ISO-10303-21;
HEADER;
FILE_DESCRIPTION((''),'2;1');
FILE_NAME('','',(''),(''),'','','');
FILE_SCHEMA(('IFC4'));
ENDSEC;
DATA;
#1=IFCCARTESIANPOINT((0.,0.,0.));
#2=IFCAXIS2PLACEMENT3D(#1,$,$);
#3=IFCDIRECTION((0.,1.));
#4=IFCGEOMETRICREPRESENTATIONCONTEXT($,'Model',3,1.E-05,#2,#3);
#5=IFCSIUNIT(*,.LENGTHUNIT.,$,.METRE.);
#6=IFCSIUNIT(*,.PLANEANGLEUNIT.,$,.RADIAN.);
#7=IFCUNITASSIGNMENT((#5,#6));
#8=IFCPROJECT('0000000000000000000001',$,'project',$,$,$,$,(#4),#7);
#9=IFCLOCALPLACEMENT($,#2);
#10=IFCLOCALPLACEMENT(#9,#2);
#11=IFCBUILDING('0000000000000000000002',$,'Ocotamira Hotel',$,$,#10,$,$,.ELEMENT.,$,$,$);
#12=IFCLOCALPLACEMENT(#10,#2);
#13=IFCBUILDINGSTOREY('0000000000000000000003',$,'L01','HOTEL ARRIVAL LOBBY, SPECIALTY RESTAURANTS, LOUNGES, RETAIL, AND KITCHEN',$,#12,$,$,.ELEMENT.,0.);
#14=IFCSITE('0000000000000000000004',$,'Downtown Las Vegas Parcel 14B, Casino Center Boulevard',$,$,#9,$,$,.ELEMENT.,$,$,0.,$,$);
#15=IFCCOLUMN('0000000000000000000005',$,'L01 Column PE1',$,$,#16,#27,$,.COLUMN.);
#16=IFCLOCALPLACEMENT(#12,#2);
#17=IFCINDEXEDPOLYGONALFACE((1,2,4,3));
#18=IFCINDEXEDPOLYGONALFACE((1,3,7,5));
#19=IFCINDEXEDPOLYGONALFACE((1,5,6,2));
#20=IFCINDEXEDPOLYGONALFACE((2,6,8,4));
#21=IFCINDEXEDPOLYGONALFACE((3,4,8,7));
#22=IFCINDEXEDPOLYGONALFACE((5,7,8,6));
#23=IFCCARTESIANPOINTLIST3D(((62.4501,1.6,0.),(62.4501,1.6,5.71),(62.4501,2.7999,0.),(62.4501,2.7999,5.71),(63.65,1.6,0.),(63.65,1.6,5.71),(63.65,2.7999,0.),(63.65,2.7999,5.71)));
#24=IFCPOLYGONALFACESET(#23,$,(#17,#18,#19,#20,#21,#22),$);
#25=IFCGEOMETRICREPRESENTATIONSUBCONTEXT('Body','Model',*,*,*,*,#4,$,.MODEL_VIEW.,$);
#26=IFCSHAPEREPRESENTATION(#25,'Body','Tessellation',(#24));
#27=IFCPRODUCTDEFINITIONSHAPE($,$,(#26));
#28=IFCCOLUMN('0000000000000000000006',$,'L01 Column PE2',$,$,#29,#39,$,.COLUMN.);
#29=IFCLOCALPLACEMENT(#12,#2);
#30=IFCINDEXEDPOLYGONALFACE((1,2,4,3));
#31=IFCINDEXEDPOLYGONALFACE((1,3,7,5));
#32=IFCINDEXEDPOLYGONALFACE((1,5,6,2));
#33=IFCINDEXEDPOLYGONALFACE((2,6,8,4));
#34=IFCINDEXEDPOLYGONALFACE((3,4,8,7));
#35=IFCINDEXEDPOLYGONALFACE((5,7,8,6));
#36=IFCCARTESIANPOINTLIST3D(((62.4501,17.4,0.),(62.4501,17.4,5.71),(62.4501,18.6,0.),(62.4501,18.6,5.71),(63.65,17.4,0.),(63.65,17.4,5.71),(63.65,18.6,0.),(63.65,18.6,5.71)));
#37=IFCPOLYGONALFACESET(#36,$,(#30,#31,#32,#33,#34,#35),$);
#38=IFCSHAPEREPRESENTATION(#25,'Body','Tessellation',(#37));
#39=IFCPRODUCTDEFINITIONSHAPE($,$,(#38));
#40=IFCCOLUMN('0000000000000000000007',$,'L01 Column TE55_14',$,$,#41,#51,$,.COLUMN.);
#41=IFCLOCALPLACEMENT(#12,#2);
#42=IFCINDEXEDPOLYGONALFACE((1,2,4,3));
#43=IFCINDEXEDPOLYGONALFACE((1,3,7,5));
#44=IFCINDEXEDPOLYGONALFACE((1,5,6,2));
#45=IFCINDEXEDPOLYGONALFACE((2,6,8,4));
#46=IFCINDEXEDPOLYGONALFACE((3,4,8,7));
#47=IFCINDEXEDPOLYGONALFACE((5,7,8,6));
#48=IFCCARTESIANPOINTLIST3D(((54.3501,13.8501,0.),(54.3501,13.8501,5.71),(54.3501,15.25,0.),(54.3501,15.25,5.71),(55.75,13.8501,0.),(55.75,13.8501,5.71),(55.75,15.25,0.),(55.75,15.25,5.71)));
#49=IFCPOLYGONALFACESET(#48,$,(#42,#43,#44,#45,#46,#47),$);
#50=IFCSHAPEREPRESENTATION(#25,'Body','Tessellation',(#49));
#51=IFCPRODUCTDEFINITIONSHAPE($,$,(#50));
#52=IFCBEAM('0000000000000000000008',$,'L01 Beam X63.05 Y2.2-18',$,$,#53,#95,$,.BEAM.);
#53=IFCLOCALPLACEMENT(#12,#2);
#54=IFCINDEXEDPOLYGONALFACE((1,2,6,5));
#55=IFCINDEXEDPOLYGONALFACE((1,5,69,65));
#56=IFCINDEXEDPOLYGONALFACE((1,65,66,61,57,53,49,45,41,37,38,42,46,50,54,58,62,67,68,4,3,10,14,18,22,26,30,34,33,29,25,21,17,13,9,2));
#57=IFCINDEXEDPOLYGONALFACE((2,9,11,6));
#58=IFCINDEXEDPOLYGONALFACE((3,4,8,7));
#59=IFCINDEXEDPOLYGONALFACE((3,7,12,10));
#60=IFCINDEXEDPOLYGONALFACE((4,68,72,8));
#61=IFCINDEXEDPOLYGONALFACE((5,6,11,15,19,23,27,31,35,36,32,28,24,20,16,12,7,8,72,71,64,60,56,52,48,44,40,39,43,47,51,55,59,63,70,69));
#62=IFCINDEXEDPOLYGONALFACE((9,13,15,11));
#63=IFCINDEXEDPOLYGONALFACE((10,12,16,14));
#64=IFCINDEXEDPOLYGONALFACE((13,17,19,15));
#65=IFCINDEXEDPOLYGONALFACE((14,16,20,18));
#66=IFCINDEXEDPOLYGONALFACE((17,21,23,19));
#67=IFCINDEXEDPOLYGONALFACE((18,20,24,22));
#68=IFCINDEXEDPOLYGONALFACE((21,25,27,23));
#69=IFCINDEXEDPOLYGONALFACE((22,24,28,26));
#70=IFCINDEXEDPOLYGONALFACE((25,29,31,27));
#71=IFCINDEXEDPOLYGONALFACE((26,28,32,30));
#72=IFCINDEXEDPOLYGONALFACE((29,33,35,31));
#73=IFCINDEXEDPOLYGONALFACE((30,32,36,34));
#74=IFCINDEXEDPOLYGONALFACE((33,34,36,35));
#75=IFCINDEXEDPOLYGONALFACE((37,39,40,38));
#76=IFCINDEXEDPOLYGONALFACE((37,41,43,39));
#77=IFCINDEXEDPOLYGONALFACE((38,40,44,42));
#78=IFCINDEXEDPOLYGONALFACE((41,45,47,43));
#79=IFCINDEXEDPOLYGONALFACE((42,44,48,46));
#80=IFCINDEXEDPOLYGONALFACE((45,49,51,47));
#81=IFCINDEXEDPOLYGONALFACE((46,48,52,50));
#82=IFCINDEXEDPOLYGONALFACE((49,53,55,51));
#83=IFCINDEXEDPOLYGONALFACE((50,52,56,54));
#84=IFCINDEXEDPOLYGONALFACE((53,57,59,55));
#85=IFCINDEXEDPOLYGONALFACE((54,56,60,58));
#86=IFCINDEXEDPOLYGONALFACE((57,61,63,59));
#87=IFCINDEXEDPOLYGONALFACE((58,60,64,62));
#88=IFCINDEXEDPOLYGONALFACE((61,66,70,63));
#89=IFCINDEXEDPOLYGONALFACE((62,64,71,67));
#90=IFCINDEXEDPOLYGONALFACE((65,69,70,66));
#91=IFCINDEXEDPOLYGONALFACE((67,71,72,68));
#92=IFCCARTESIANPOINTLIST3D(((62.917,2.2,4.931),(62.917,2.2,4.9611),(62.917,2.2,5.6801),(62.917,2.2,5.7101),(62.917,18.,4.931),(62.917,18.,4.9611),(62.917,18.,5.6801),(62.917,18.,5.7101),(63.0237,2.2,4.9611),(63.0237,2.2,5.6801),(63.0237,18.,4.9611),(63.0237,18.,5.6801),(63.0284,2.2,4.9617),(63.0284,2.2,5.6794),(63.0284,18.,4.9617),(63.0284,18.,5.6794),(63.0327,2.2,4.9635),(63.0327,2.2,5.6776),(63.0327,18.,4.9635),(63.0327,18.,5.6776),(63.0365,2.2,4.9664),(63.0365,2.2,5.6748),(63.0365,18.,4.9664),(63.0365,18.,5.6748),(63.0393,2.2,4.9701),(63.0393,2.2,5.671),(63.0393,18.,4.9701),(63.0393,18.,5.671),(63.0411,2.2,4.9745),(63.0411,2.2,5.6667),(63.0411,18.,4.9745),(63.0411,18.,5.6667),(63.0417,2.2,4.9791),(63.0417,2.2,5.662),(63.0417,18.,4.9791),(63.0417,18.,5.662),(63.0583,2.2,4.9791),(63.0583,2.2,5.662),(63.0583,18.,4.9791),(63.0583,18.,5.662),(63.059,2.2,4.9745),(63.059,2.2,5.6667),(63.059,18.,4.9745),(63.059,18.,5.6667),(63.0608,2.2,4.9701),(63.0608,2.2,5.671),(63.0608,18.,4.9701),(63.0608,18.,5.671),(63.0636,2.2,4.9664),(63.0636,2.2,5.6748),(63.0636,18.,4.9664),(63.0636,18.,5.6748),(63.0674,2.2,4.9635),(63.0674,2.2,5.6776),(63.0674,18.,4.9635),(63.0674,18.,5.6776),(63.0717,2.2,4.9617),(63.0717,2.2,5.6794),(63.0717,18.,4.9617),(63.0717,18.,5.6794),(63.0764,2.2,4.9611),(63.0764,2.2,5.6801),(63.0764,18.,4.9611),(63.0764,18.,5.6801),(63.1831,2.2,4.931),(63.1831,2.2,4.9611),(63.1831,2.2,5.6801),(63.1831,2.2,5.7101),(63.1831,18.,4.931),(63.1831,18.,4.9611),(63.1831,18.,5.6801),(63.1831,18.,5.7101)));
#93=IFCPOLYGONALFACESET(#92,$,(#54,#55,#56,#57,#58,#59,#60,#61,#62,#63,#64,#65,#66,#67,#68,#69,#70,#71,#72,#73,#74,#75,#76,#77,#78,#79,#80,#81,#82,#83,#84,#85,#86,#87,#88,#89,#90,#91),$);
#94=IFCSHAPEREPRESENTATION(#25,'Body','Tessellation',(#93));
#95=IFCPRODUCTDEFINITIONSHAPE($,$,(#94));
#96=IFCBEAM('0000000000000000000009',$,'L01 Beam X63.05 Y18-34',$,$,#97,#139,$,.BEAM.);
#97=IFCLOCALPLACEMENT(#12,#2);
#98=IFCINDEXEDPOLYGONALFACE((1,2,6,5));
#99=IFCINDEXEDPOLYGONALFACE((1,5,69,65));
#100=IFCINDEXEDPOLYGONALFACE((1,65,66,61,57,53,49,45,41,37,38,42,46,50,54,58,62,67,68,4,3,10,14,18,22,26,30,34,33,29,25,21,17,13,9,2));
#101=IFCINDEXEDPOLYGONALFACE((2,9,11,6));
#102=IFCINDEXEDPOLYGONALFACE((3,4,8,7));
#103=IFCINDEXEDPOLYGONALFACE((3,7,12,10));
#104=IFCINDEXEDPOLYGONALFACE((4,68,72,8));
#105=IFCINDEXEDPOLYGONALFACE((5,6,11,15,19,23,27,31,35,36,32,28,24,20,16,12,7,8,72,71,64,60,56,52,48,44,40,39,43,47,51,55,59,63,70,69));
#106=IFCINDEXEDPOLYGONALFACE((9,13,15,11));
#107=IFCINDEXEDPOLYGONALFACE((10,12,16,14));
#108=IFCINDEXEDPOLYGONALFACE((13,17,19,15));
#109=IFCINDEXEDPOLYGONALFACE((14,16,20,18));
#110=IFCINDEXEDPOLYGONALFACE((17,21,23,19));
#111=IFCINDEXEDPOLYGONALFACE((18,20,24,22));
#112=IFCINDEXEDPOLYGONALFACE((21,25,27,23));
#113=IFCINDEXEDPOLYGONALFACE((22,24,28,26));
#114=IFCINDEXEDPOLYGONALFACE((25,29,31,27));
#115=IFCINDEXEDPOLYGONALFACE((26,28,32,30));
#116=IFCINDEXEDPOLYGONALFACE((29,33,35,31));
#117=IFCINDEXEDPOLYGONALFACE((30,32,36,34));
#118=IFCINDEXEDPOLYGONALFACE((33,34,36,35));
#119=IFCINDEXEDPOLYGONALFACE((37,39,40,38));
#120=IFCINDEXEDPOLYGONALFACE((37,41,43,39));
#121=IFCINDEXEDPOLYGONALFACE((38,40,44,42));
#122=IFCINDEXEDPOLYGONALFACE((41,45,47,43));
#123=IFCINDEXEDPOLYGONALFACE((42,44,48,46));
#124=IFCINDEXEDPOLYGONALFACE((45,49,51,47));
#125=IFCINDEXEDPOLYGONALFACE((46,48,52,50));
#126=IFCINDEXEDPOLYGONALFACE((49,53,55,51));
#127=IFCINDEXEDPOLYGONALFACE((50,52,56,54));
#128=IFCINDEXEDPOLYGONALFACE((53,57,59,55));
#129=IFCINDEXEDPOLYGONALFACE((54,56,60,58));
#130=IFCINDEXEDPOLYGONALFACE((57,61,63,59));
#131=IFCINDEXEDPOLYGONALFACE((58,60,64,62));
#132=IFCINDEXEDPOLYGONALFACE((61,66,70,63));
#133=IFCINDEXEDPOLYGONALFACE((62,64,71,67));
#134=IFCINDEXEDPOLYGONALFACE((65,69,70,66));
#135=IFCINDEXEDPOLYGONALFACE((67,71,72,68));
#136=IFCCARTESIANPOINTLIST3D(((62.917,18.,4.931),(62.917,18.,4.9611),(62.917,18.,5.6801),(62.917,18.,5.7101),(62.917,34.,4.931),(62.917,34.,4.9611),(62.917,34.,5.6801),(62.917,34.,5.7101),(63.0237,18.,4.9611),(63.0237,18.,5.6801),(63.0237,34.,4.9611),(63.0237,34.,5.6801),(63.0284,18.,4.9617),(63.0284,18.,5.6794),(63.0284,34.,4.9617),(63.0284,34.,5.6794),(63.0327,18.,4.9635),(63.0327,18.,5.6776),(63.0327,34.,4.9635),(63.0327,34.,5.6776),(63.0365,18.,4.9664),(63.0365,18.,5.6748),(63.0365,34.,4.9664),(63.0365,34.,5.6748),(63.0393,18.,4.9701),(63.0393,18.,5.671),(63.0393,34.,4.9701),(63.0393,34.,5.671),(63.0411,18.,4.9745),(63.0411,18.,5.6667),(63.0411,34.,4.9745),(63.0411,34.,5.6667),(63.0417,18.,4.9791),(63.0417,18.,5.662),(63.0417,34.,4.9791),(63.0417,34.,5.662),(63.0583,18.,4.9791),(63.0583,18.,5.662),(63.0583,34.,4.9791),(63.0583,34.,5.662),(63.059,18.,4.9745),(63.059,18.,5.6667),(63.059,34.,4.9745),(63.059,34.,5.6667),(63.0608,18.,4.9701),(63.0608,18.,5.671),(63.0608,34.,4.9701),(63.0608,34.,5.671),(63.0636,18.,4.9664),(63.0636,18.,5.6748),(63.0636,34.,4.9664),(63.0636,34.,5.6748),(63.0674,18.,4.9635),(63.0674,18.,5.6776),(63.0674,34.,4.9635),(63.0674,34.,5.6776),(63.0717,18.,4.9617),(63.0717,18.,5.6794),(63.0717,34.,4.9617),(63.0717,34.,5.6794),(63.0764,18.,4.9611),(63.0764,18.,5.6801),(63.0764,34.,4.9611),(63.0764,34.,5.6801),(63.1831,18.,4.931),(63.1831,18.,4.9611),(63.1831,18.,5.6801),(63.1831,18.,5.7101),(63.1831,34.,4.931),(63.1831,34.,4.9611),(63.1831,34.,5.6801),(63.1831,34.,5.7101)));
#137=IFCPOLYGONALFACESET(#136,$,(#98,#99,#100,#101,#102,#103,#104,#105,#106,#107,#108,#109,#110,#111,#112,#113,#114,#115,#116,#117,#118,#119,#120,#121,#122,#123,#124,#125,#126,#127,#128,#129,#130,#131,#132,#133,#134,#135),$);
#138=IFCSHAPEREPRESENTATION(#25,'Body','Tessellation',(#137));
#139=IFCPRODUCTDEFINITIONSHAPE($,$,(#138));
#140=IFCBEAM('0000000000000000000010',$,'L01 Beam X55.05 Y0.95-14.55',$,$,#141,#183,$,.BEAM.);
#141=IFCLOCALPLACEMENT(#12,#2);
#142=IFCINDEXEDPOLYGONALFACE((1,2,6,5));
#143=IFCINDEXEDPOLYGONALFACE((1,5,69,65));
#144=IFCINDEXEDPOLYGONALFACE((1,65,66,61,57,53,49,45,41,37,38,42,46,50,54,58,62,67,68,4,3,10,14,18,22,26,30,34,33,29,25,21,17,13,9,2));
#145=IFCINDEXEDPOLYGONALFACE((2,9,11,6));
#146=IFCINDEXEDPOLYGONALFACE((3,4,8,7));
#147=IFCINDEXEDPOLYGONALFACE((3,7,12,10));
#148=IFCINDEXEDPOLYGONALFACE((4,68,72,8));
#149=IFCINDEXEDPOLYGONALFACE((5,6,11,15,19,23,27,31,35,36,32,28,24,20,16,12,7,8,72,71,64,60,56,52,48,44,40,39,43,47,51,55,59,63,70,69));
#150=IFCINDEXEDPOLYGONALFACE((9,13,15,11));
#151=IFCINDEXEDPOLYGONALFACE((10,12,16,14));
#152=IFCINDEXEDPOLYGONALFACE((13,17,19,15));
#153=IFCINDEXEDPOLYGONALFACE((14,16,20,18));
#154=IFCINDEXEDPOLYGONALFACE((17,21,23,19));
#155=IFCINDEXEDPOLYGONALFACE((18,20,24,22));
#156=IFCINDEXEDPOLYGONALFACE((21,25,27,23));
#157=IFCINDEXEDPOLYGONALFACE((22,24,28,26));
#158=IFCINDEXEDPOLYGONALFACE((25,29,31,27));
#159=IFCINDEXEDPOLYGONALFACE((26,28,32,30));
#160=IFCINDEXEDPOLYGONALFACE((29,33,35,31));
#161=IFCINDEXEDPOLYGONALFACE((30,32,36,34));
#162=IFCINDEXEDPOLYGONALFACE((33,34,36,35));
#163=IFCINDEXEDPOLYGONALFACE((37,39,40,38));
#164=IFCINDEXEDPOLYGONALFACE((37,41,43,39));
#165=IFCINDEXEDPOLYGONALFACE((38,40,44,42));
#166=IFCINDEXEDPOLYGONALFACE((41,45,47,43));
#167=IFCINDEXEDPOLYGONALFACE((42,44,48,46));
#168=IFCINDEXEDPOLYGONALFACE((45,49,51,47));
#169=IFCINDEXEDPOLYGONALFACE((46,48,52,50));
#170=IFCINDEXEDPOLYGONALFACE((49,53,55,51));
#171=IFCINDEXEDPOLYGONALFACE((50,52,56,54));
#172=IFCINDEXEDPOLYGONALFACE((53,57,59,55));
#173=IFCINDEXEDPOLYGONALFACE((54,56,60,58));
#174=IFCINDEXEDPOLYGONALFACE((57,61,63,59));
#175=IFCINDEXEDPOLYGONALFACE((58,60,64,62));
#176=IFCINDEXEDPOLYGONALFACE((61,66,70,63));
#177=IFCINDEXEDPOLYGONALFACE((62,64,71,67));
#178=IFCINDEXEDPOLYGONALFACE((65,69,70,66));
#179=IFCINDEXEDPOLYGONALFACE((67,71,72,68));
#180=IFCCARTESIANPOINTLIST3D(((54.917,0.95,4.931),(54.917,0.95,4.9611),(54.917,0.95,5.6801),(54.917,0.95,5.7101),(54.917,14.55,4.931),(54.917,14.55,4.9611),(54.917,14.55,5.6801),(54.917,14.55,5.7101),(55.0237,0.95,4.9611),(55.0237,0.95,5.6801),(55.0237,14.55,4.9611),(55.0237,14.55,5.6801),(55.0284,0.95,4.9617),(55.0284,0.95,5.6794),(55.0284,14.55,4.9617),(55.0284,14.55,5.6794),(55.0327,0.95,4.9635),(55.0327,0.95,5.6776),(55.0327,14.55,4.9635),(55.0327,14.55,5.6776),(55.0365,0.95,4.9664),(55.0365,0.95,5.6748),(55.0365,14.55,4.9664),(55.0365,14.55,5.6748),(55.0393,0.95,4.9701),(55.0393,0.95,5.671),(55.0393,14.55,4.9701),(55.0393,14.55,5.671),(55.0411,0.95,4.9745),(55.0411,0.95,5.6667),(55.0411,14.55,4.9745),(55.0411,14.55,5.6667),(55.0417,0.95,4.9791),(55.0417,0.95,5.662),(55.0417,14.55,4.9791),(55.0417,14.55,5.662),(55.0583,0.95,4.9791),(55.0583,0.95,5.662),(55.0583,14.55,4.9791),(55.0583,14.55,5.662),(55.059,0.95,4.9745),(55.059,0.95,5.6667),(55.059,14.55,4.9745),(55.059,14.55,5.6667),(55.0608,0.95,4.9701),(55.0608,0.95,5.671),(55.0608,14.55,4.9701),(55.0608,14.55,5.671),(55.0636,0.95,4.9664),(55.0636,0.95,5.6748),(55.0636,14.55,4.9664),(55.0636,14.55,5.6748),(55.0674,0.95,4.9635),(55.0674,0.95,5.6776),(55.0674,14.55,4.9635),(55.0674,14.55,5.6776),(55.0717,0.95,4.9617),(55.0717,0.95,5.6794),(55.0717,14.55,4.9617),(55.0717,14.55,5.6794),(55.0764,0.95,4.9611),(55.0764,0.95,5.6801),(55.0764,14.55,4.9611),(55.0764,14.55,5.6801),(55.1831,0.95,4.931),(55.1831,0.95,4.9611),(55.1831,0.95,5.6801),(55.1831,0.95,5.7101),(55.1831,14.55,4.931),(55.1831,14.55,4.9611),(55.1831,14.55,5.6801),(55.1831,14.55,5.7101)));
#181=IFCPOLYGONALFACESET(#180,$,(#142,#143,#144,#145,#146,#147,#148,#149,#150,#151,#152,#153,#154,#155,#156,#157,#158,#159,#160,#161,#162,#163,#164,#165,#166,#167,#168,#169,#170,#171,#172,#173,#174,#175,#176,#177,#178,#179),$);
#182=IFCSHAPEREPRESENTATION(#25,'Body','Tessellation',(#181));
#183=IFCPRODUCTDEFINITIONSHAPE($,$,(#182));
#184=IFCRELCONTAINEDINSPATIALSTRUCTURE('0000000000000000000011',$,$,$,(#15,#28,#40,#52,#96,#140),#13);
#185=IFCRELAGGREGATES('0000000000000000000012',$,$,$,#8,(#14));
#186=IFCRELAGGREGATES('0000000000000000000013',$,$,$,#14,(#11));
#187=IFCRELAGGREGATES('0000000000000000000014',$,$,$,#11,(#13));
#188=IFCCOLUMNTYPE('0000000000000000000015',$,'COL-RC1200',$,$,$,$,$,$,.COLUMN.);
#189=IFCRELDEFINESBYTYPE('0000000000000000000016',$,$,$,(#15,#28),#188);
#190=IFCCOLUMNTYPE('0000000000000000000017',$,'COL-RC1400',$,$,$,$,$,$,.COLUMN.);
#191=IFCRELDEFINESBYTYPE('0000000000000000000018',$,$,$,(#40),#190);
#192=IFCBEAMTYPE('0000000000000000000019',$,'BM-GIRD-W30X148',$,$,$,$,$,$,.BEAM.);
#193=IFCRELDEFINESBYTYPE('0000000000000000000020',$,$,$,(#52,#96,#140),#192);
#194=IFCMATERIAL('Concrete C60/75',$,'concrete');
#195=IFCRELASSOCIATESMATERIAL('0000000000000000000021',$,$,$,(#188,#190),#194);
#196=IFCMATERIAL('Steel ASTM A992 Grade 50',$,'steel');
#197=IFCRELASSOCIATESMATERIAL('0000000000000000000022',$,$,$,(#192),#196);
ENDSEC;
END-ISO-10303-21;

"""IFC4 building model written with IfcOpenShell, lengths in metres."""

from ifc_helpers import new_model, si_unit, direction, frame, origin, origin_2d, place, context, subcontext, project, spatial, rectangle, i_section, extrude, source, transform, mapped, material, material_profile, profile_set, type_object, element, save


model = new_model("IFC4")

# Units and contexts
model_context = context("Model", 3, precision=1e-05, world=origin(), true_north=direction((0.0, 1.0)))
body_context = subcontext(model_context, "Body", "Model", "MODEL_VIEW")
ifc_project = project(units=[si_unit("LENGTHUNIT", "METRE"), si_unit("PLANEANGLEUNIT", "RADIAN")], contexts=[model_context])

# Site, building, storey
site_placement = place(None, origin())
site = spatial("IfcSite", under=ifc_project, at=site_placement, Name="Downtown Las Vegas Parcel 14B, Casino Center Boulevard", CompositionType="ELEMENT", RefElevation=0.0)
building_placement = place(site_placement, origin())
building = spatial("IfcBuilding", under=site, at=building_placement, Name="Ocotamira Hotel", CompositionType="ELEMENT")
storey_placement = place(building_placement, origin())
storey = spatial("IfcBuildingStorey", under=building, at=storey_placement, Name="L01", Description="HOTEL ARRIVAL LOBBY, SPECIALTY RESTAURANTS, LOUNGES, RETAIL, AND KITCHEN", CompositionType="ELEMENT", Elevation=0.0)

# Columns
ifc_material_1 = material(Name="Concrete C60/75", Category="concrete")
ifc_material_profile_1 = material_profile(ifc_material_1, rectangle(XDim=1.2, YDim=1.2, at=origin_2d()), Name="RC1200X1200")
ifc_profile_set_1 = profile_set([ifc_material_profile_1], Name="Concrete C60/75")
column_type_1 = type_object("IfcColumnType", Name="COL-RC1200", PredefinedType="COLUMN", material=ifc_profile_set_1)
shared_shape_1 = source(origin(), body_context, "Body", "SweptSolid", [
    extrude(rectangle(XDim=1.2, YDim=1.2, at=origin_2d()), origin(), (0.0, 0.0, 1.0), 5.71),
])
for number, where, z_axis, x_axis, name in (
    (1, (63.05, 2.2, 0.0), (0.0, 0.0, 1.0), (1.0, 0.0, 0.0), "L01 Column PE1"),
    (2, (63.05, 18.0, 0.0), (0.0, 0.0, 1.0), (1.0, 0.0, 0.0), "L01 Column PE2"),
):
    element("IfcColumn", number, at=place(storey_placement, frame(where, z_axis=z_axis, x_axis=x_axis)), inside=storey, type_object=column_type_1, Name=name, PredefinedType="COLUMN", context=body_context, shape_type="MappedRepresentation", body=[
        mapped(shared_shape_1, transform((0.0, 0.0, 0.0), scale=1.0)),
    ])
ifc_material_profile_2 = material_profile(ifc_material_1, rectangle(XDim=1.3999, YDim=1.3999, at=origin_2d()), Name="RC1400X1400")
ifc_profile_set_2 = profile_set([ifc_material_profile_2], Name="Concrete C60/75")
column_type_2 = type_object("IfcColumnType", Name="COL-RC1400", PredefinedType="COLUMN", material=ifc_profile_set_2)
shared_shape_2 = source(origin(), body_context, "Body", "SweptSolid", [
    extrude(rectangle(XDim=1.3999, YDim=1.3999, at=origin_2d()), origin(), (0.0, 0.0, 1.0), 5.71),
])
column_placement = place(storey_placement, frame((55.05, 14.55, 0.0), z_axis=(0.0, 0.0, 1.0), x_axis=(1.0, 0.0, 0.0)))
element("IfcColumn", 3, at=column_placement, inside=storey, type_object=column_type_2, Name="L01 Column TE55_14", PredefinedType="COLUMN", context=body_context, shape_type="MappedRepresentation", body=[
    mapped(shared_shape_2, transform((0.0, 0.0, 0.0), scale=1.0)),
])

# Beams
ifc_material_2 = material(Name="Steel ASTM A992 Grade 50", Category="steel")
ifc_material_profile_3 = material_profile(ifc_material_2, i_section(OverallWidth=0.2661, OverallDepth=0.7791, WebThickness=0.0166, FlangeThickness=0.03, FilletRadius=0.0181, at=origin_2d()), Name="W30X148")
ifc_profile_set_3 = profile_set([ifc_material_profile_3], Name="Steel ASTM A992 Grade 50")
beam_type = type_object("IfcBeamType", Name="BM-GIRD-W30X148", PredefinedType="BEAM", material=ifc_profile_set_3)
shared_shape_3 = source(origin(), body_context, "Body", "SweptSolid", [
    extrude(i_section(OverallWidth=0.2661, OverallDepth=0.7791, WebThickness=0.0166, FlangeThickness=0.03, FilletRadius=0.0181, at=origin_2d()), origin(), (0.0, 0.0, 1.0), 15.8),
])
beam_1_placement = place(storey_placement, frame((63.05, 2.2, 5.3206), z_axis=(0.0, 1.0, 0.0), x_axis=(-1.0, 0.0, 0.0)))
element("IfcBeam", 4, at=beam_1_placement, inside=storey, type_object=beam_type, Name="L01 Beam X63.05 Y2.2-18", PredefinedType="BEAM", context=body_context, shape_type="MappedRepresentation", body=[
    mapped(shared_shape_3, transform((0.0, 0.0, 0.0), scale=1.0)),
])
shared_shape_4 = source(origin(), body_context, "Body", "SweptSolid", [
    extrude(i_section(OverallWidth=0.2661, OverallDepth=0.7791, WebThickness=0.0166, FlangeThickness=0.03, FilletRadius=0.0181, at=origin_2d()), origin(), (0.0, 0.0, 1.0), 16.0),
])
beam_2_placement = place(storey_placement, frame((63.05, 18.0, 5.3206), z_axis=(0.0, 1.0, 0.0), x_axis=(-1.0, 0.0, 0.0)))
element("IfcBeam", 5, at=beam_2_placement, inside=storey, type_object=beam_type, Name="L01 Beam X63.05 Y18-34", PredefinedType="BEAM", context=body_context, shape_type="MappedRepresentation", body=[
    mapped(shared_shape_4, transform((0.0, 0.0, 0.0), scale=1.0)),
])
shared_shape_5 = source(origin(), body_context, "Body", "SweptSolid", [
    extrude(i_section(OverallWidth=0.2661, OverallDepth=0.7791, WebThickness=0.0166, FlangeThickness=0.03, FilletRadius=0.0181, at=origin_2d()), origin(), (0.0, 0.0, 1.0), 13.6001),
])
beam_3_placement = place(storey_placement, frame((55.05, 0.95, 5.3206), z_axis=(0.0, 1.0, 0.0), x_axis=(-1.0, 0.0, 0.0)))
element("IfcBeam", 6, at=beam_3_placement, inside=storey, type_object=beam_type, Name="L01 Beam X55.05 Y0.95-14.55", PredefinedType="BEAM", context=body_context, shape_type="MappedRepresentation", body=[
    mapped(shared_shape_5, transform((0.0, 0.0, 0.0), scale=1.0)),
])

save(model, "model.ifc")
